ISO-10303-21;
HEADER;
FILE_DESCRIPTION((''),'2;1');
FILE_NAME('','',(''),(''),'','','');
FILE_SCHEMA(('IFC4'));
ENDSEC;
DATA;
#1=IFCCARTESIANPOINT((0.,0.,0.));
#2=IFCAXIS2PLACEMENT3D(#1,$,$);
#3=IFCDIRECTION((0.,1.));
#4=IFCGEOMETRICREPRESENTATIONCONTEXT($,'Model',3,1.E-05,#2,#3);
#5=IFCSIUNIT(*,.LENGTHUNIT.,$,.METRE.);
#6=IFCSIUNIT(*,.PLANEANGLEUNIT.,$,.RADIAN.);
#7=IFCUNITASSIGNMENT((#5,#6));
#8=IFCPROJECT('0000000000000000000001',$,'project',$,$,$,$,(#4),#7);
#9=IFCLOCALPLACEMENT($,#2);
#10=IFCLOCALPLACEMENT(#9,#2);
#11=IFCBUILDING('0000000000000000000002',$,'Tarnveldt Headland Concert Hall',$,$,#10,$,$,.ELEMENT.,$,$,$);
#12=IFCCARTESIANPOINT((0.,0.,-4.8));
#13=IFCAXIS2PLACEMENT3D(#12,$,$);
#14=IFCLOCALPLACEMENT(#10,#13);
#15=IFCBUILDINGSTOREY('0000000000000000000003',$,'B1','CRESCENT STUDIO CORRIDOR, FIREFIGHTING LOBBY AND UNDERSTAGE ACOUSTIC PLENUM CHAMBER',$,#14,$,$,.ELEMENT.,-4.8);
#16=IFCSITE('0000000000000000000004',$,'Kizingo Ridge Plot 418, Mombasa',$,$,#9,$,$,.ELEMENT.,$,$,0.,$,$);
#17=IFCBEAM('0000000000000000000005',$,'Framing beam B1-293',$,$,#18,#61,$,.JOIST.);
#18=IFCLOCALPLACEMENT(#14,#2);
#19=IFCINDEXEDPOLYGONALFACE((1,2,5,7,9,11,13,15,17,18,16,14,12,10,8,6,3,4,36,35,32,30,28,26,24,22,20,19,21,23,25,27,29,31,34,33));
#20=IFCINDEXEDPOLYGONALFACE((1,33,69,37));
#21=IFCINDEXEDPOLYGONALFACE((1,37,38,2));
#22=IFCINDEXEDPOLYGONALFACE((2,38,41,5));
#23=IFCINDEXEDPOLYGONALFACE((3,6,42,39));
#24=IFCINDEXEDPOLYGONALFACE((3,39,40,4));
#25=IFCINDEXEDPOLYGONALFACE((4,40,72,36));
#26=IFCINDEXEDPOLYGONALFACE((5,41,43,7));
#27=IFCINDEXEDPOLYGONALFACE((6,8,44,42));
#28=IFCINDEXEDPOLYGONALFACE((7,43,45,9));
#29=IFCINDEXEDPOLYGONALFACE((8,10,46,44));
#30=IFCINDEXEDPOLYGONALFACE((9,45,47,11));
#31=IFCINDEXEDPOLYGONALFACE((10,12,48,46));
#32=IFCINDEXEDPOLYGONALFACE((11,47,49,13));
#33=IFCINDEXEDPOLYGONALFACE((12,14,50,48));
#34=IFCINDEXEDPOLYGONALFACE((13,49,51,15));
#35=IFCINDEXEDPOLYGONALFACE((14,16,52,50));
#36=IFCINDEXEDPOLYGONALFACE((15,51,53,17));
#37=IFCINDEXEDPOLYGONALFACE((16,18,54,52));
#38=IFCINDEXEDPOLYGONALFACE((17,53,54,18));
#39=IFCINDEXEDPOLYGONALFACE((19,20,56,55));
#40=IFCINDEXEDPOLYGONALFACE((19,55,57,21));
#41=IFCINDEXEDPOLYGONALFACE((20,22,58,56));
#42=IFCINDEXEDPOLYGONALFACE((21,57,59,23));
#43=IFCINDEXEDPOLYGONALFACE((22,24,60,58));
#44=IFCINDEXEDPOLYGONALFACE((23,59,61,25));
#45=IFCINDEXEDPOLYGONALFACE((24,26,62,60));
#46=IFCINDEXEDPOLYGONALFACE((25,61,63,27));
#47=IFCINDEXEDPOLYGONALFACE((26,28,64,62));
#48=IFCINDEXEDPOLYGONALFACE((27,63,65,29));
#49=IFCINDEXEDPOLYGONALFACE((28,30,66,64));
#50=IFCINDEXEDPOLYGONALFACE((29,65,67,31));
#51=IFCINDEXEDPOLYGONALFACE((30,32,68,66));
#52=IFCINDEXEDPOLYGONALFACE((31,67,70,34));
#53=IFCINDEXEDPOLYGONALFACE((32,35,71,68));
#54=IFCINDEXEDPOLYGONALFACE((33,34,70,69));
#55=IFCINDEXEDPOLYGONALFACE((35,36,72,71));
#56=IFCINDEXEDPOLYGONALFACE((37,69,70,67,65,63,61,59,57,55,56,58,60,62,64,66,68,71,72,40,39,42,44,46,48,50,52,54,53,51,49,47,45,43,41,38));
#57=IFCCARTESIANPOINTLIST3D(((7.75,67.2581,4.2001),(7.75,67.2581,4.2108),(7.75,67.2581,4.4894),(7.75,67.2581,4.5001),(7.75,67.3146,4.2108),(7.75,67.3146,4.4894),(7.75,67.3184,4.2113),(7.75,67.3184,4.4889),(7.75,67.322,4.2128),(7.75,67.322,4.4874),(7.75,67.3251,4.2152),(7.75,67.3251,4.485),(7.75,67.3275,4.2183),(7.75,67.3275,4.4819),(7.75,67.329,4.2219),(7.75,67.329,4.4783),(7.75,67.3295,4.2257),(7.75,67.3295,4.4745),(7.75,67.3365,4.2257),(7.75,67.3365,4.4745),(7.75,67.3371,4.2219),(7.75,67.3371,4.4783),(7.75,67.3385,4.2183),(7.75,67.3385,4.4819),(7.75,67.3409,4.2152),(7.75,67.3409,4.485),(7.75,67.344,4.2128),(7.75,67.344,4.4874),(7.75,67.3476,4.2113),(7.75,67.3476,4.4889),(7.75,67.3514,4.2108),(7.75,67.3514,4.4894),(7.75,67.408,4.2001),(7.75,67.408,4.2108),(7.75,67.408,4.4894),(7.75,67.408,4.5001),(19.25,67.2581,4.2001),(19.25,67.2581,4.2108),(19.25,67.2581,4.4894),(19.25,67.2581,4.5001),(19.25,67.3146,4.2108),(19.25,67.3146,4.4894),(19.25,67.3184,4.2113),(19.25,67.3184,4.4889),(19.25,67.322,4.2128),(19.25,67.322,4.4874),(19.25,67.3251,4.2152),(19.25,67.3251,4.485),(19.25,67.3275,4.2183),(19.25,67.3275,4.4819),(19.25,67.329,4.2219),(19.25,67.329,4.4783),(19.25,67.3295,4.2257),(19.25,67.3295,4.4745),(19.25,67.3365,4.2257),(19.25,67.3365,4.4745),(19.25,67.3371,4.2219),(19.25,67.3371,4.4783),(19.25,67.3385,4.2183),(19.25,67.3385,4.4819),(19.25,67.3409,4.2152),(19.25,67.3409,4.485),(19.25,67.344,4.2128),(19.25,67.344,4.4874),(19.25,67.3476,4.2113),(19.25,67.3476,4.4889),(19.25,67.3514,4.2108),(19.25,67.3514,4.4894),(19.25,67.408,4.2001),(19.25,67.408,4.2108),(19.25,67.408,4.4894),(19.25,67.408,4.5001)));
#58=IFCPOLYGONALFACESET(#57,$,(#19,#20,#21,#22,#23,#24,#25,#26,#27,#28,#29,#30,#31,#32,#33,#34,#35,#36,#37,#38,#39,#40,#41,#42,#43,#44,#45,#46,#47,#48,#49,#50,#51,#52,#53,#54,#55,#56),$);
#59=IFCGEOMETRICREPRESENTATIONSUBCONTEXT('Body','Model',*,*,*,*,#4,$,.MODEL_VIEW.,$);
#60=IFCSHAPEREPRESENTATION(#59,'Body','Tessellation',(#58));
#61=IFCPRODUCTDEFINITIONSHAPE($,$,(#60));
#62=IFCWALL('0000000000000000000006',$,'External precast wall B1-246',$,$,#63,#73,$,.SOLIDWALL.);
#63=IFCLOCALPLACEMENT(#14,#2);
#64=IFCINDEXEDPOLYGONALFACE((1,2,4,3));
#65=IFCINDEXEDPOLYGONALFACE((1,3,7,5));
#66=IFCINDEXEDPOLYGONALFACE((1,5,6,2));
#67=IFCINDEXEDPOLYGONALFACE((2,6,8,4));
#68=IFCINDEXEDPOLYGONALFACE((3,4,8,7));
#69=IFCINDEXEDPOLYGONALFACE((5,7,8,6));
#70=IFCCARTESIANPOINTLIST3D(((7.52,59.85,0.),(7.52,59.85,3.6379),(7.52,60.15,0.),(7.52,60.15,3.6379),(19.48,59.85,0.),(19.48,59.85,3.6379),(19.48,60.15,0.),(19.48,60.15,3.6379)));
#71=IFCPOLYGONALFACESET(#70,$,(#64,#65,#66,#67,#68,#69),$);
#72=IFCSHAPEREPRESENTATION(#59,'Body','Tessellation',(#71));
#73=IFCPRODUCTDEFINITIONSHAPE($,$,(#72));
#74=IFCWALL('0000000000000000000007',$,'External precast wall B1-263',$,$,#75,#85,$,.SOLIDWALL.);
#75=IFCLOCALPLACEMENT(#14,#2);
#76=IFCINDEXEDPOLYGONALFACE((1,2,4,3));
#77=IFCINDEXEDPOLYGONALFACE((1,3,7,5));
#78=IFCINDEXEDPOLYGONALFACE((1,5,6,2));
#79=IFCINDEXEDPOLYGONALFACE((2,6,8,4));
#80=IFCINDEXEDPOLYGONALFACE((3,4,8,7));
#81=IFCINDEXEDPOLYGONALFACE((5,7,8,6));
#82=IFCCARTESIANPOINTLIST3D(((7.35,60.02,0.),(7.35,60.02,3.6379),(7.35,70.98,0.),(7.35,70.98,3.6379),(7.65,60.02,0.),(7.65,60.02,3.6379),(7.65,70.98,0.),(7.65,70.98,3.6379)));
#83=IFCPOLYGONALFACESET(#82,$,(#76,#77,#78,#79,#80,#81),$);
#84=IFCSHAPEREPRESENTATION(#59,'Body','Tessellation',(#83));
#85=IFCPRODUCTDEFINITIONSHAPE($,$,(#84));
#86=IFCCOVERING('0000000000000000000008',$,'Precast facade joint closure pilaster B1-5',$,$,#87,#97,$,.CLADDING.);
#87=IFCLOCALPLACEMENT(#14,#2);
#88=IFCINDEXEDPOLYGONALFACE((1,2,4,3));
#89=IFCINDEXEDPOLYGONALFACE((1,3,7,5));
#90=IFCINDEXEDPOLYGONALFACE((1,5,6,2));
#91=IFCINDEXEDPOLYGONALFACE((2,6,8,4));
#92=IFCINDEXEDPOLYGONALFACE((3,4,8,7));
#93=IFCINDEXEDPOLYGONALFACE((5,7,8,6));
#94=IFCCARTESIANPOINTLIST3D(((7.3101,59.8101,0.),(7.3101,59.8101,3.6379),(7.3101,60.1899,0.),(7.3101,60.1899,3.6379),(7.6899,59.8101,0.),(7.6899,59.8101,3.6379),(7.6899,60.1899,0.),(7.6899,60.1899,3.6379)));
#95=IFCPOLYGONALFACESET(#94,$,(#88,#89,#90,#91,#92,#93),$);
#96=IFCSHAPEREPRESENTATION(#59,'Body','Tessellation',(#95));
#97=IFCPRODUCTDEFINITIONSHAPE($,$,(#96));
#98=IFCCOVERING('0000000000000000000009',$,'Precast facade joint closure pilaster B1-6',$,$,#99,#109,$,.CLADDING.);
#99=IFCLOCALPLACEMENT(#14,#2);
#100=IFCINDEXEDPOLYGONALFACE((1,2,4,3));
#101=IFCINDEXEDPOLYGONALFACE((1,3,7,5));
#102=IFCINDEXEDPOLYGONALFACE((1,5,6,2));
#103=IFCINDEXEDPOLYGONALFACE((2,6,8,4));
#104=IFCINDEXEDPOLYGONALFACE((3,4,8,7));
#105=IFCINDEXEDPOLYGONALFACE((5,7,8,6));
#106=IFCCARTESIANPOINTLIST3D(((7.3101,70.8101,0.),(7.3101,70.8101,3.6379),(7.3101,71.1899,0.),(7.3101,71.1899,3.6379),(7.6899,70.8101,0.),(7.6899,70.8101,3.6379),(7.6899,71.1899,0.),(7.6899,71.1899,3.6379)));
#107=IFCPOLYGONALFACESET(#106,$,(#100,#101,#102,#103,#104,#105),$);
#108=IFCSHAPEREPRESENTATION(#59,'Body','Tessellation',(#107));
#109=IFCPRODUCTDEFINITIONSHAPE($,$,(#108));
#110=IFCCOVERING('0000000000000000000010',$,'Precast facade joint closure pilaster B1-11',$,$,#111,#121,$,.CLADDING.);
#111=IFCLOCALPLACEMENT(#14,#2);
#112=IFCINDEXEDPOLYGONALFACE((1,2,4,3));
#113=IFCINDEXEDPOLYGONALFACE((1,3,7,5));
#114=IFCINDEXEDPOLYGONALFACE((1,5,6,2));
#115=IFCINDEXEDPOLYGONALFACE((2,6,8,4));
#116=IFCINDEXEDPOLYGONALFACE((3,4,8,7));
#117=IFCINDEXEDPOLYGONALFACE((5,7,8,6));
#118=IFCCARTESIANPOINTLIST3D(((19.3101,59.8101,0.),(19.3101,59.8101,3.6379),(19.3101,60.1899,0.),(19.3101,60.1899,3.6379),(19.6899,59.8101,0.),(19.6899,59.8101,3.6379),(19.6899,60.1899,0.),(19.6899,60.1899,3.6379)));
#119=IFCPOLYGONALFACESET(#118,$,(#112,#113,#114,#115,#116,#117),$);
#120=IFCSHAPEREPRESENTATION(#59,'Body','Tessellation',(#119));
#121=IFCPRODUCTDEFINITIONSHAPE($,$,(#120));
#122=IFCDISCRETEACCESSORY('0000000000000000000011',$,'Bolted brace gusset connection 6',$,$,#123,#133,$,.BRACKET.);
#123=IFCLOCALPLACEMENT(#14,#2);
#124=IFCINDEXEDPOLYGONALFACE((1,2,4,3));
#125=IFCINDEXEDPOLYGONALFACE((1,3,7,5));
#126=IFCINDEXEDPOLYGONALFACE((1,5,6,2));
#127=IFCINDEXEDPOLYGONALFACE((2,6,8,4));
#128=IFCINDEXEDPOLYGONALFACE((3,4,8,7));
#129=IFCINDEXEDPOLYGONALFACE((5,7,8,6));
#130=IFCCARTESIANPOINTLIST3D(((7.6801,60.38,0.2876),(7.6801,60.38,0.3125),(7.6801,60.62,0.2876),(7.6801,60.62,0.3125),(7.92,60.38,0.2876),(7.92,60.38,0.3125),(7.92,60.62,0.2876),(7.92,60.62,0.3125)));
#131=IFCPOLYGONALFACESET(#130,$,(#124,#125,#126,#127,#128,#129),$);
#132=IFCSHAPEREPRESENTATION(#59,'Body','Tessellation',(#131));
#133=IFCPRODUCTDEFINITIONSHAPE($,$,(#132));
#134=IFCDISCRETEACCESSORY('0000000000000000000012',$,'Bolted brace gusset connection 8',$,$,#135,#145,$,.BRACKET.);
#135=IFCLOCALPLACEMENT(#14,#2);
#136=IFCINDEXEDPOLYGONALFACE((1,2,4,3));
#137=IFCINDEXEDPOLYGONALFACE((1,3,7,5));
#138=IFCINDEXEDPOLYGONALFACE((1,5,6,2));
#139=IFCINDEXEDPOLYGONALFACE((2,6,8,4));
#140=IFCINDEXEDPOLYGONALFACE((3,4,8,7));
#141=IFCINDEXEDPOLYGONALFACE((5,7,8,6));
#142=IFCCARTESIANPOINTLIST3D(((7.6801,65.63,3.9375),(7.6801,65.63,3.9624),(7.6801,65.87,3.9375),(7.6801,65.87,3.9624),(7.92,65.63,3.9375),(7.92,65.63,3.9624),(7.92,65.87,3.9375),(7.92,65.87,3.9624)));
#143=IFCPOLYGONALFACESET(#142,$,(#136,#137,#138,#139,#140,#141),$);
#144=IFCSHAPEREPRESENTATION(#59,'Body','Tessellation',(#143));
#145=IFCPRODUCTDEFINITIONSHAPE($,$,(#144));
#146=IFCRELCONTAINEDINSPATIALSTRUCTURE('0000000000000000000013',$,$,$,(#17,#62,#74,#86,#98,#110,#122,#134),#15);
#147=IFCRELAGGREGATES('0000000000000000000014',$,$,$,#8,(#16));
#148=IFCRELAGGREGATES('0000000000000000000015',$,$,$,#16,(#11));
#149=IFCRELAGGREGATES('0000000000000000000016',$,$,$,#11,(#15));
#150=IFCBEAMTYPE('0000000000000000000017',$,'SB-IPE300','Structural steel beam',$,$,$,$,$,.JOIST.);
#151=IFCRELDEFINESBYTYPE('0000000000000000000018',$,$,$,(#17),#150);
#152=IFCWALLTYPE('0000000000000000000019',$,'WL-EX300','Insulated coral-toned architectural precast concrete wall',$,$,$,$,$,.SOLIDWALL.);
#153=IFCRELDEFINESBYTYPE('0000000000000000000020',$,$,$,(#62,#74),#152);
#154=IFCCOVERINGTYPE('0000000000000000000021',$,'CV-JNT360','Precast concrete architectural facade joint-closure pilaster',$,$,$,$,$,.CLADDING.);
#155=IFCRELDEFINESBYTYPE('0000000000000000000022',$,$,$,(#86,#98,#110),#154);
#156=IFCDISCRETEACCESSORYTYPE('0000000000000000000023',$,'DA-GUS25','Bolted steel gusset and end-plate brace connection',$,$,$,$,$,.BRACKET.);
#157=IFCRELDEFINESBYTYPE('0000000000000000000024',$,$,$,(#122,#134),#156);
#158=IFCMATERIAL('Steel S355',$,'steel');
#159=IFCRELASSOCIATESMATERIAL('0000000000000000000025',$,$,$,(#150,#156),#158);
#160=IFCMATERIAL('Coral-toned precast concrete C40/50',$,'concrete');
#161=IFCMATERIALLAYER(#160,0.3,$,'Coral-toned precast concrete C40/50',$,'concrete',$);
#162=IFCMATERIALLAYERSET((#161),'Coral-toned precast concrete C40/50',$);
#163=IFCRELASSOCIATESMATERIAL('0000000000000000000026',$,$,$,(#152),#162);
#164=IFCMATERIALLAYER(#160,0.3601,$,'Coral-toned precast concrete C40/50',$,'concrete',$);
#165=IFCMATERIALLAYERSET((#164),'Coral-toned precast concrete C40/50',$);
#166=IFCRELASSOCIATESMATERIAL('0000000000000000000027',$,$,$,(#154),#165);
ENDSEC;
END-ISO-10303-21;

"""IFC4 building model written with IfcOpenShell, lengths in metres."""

from ifc_helpers import new_model, si_unit, direction, frame, frame_2d, origin, origin_2d, place, context, subcontext, project, spatial, rectangle, i_section, extrude, material, layer, layer_set, material_profile, profile_set, type_object, element, save


model = new_model("IFC4")

# Units and contexts
model_context = context("Model", 3, precision=1e-05, world=origin(), true_north=direction((0.0, 1.0)))
body_context = subcontext(model_context, "Body", "Model", "MODEL_VIEW")
ifc_project = project(units=[si_unit("LENGTHUNIT", "METRE"), si_unit("PLANEANGLEUNIT", "RADIAN")], contexts=[model_context])

# Site, building, storey
site_placement = place(None, origin())
site = spatial("IfcSite", under=ifc_project, at=site_placement, Name="Kizingo Ridge Plot 418, Mombasa", CompositionType="ELEMENT", RefElevation=0.0)
building_placement = place(site_placement, origin())
building = spatial("IfcBuilding", under=site, at=building_placement, Name="Tarnveldt Headland Concert Hall", CompositionType="ELEMENT")
storey_placement = place(building_placement, frame((0.0, 0.0, -4.8)))
storey = spatial("IfcBuildingStorey", under=building, at=storey_placement, Name="B1", Description="CRESCENT STUDIO CORRIDOR, FIREFIGHTING LOBBY AND UNDERSTAGE ACOUSTIC PLENUM CHAMBER", CompositionType="ELEMENT", Elevation=-4.8)

# Shared definitions
ifc_material_1 = material(Name="Steel S355", Category="steel")

# Beam
ifc_material_profile_1 = material_profile(ifc_material_1, i_section(OverallWidth=0.1499, OverallDepth=0.3, WebThickness=0.0071, FlangeThickness=0.0107, FilletRadius=0.0149, at=origin_2d()), Name="IPE300", Category="steel")
ifc_profile_set_1 = profile_set([ifc_material_profile_1], Name="Steel S355")
beam_type_1 = type_object("IfcBeamType", Name="SB-IPE300", Description="Structural steel beam", PredefinedType="JOIST", material=ifc_profile_set_1)
for number, where, z_axis, x_axis, name in (
    (1, (7.75, 67.333, 4.3501), (1.0, 0.0, 0.0), (0.0, 1.0, 0.0), "Framing beam B1-293"),
):
    element("IfcBeam", number, at=place(storey_placement, frame(where, z_axis=z_axis, x_axis=x_axis)), inside=storey, type_object=beam_type_1, Name=name, PredefinedType="JOIST", context=body_context, shape_type="SweptSolid", body=[
        extrude(i_section(OverallWidth=0.1499, OverallDepth=0.3, WebThickness=0.0071, FlangeThickness=0.0107, FilletRadius=0.0149, at=origin_2d()), origin(), (0.0, 0.0, 1.0), 11.5),
    ])

# Walls
ifc_material_2 = material(Name="Coral-toned precast concrete C40/50", Category="concrete")
ifc_layer_1 = layer(ifc_material_2, 0.3, Name="Coral-toned precast concrete C40/50", Category="concrete")
ifc_layer_set_1 = layer_set([ifc_layer_1], Name="Coral-toned precast concrete C40/50")
wall_type = type_object("IfcWallType", Name="WL-EX300", Description="Insulated coral-toned architectural precast concrete wall", PredefinedType="SOLIDWALL", material=ifc_layer_set_1)
wall_1_placement = place(storey_placement, frame((19.48, 60.0, 0.0), z_axis=(0.0, 0.0, 1.0), x_axis=(-1.0, 0.0, 0.0)))
element("IfcWall", 2, at=wall_1_placement, inside=storey, type_object=wall_type, Name="External precast wall B1-246", PredefinedType="SOLIDWALL", context=body_context, shape_type="SweptSolid", body=[
    extrude(rectangle(XDim=11.96, YDim=0.3, at=frame_2d((5.98, 0.0))), origin(), (0.0, 0.0, 1.0), 3.6379),
])
wall_2_placement = place(storey_placement, frame((7.5, 60.02, 0.0), z_axis=(0.0, 0.0, 1.0), x_axis=(0.0, 1.0, 0.0)))
element("IfcWall", 3, at=wall_2_placement, inside=storey, type_object=wall_type, Name="External precast wall B1-263", PredefinedType="SOLIDWALL", context=body_context, shape_type="SweptSolid", body=[
    extrude(rectangle(XDim=10.96, YDim=0.3, at=frame_2d((5.48, 0.0))), origin(), (0.0, 0.0, 1.0), 3.6379),
])

# Coverings
ifc_layer_2 = layer(ifc_material_2, 0.3601, Name="Coral-toned precast concrete C40/50", Category="concrete")
ifc_layer_set_2 = layer_set([ifc_layer_2], Name="Coral-toned precast concrete C40/50")
covering_type = type_object("IfcCoveringType", Name="CV-JNT360", Description="Precast concrete architectural facade joint-closure pilaster", PredefinedType="CLADDING", material=ifc_layer_set_2)
for number, where, z_axis, x_axis, name in (
    (4, (7.5, 60.0, 0.0), (0.0, 0.0, 1.0), (-1.0, 0.0, 0.0), "Precast facade joint closure pilaster B1-5"),
    (5, (7.5, 71.0, 0.0), (0.0, 0.0, 1.0), (0.0, 1.0, 0.0), "Precast facade joint closure pilaster B1-6"),
    (6, (19.5, 60.0, 0.0), (0.0, 0.0, 1.0), (-1.0, 0.0, 0.0), "Precast facade joint closure pilaster B1-11"),
):
    element("IfcCovering", number, at=place(storey_placement, frame(where, z_axis=z_axis, x_axis=x_axis)), inside=storey, type_object=covering_type, Name=name, PredefinedType="CLADDING", context=body_context, shape_type="SweptSolid", body=[
        extrude(rectangle(XDim=0.3799, YDim=0.3799, at=origin_2d()), origin(), (0.0, 0.0, 1.0), 3.6379),
    ])

# Discrete accessories
discrete_accessory_type = type_object("IfcDiscreteAccessoryType", Name="DA-GUS25", Description="Bolted steel gusset and end-plate brace connection", PredefinedType="BRACKET", material=ifc_material_1)
for number, where, z_axis, x_axis, name in (
    (7, (7.8, 60.5, 0.2876), (0.0, 0.0, 1.0), (1.0, 0.0, 0.0), "Bolted brace gusset connection 6"),
    (8, (7.8, 65.75, 3.9375), (0.0, 0.0, 1.0), (1.0, 0.0, 0.0), "Bolted brace gusset connection 8"),
):
    element("IfcDiscreteAccessory", number, at=place(storey_placement, frame(where, z_axis=z_axis, x_axis=x_axis)), inside=storey, type_object=discrete_accessory_type, Name=name, PredefinedType="BRACKET", context=body_context, shape_type="SweptSolid", body=[
        extrude(rectangle(XDim=0.24, YDim=0.24, at=origin_2d()), origin(), (0.0, 0.0, 1.0), 0.0249),
    ])

save(model, "model.ifc")
